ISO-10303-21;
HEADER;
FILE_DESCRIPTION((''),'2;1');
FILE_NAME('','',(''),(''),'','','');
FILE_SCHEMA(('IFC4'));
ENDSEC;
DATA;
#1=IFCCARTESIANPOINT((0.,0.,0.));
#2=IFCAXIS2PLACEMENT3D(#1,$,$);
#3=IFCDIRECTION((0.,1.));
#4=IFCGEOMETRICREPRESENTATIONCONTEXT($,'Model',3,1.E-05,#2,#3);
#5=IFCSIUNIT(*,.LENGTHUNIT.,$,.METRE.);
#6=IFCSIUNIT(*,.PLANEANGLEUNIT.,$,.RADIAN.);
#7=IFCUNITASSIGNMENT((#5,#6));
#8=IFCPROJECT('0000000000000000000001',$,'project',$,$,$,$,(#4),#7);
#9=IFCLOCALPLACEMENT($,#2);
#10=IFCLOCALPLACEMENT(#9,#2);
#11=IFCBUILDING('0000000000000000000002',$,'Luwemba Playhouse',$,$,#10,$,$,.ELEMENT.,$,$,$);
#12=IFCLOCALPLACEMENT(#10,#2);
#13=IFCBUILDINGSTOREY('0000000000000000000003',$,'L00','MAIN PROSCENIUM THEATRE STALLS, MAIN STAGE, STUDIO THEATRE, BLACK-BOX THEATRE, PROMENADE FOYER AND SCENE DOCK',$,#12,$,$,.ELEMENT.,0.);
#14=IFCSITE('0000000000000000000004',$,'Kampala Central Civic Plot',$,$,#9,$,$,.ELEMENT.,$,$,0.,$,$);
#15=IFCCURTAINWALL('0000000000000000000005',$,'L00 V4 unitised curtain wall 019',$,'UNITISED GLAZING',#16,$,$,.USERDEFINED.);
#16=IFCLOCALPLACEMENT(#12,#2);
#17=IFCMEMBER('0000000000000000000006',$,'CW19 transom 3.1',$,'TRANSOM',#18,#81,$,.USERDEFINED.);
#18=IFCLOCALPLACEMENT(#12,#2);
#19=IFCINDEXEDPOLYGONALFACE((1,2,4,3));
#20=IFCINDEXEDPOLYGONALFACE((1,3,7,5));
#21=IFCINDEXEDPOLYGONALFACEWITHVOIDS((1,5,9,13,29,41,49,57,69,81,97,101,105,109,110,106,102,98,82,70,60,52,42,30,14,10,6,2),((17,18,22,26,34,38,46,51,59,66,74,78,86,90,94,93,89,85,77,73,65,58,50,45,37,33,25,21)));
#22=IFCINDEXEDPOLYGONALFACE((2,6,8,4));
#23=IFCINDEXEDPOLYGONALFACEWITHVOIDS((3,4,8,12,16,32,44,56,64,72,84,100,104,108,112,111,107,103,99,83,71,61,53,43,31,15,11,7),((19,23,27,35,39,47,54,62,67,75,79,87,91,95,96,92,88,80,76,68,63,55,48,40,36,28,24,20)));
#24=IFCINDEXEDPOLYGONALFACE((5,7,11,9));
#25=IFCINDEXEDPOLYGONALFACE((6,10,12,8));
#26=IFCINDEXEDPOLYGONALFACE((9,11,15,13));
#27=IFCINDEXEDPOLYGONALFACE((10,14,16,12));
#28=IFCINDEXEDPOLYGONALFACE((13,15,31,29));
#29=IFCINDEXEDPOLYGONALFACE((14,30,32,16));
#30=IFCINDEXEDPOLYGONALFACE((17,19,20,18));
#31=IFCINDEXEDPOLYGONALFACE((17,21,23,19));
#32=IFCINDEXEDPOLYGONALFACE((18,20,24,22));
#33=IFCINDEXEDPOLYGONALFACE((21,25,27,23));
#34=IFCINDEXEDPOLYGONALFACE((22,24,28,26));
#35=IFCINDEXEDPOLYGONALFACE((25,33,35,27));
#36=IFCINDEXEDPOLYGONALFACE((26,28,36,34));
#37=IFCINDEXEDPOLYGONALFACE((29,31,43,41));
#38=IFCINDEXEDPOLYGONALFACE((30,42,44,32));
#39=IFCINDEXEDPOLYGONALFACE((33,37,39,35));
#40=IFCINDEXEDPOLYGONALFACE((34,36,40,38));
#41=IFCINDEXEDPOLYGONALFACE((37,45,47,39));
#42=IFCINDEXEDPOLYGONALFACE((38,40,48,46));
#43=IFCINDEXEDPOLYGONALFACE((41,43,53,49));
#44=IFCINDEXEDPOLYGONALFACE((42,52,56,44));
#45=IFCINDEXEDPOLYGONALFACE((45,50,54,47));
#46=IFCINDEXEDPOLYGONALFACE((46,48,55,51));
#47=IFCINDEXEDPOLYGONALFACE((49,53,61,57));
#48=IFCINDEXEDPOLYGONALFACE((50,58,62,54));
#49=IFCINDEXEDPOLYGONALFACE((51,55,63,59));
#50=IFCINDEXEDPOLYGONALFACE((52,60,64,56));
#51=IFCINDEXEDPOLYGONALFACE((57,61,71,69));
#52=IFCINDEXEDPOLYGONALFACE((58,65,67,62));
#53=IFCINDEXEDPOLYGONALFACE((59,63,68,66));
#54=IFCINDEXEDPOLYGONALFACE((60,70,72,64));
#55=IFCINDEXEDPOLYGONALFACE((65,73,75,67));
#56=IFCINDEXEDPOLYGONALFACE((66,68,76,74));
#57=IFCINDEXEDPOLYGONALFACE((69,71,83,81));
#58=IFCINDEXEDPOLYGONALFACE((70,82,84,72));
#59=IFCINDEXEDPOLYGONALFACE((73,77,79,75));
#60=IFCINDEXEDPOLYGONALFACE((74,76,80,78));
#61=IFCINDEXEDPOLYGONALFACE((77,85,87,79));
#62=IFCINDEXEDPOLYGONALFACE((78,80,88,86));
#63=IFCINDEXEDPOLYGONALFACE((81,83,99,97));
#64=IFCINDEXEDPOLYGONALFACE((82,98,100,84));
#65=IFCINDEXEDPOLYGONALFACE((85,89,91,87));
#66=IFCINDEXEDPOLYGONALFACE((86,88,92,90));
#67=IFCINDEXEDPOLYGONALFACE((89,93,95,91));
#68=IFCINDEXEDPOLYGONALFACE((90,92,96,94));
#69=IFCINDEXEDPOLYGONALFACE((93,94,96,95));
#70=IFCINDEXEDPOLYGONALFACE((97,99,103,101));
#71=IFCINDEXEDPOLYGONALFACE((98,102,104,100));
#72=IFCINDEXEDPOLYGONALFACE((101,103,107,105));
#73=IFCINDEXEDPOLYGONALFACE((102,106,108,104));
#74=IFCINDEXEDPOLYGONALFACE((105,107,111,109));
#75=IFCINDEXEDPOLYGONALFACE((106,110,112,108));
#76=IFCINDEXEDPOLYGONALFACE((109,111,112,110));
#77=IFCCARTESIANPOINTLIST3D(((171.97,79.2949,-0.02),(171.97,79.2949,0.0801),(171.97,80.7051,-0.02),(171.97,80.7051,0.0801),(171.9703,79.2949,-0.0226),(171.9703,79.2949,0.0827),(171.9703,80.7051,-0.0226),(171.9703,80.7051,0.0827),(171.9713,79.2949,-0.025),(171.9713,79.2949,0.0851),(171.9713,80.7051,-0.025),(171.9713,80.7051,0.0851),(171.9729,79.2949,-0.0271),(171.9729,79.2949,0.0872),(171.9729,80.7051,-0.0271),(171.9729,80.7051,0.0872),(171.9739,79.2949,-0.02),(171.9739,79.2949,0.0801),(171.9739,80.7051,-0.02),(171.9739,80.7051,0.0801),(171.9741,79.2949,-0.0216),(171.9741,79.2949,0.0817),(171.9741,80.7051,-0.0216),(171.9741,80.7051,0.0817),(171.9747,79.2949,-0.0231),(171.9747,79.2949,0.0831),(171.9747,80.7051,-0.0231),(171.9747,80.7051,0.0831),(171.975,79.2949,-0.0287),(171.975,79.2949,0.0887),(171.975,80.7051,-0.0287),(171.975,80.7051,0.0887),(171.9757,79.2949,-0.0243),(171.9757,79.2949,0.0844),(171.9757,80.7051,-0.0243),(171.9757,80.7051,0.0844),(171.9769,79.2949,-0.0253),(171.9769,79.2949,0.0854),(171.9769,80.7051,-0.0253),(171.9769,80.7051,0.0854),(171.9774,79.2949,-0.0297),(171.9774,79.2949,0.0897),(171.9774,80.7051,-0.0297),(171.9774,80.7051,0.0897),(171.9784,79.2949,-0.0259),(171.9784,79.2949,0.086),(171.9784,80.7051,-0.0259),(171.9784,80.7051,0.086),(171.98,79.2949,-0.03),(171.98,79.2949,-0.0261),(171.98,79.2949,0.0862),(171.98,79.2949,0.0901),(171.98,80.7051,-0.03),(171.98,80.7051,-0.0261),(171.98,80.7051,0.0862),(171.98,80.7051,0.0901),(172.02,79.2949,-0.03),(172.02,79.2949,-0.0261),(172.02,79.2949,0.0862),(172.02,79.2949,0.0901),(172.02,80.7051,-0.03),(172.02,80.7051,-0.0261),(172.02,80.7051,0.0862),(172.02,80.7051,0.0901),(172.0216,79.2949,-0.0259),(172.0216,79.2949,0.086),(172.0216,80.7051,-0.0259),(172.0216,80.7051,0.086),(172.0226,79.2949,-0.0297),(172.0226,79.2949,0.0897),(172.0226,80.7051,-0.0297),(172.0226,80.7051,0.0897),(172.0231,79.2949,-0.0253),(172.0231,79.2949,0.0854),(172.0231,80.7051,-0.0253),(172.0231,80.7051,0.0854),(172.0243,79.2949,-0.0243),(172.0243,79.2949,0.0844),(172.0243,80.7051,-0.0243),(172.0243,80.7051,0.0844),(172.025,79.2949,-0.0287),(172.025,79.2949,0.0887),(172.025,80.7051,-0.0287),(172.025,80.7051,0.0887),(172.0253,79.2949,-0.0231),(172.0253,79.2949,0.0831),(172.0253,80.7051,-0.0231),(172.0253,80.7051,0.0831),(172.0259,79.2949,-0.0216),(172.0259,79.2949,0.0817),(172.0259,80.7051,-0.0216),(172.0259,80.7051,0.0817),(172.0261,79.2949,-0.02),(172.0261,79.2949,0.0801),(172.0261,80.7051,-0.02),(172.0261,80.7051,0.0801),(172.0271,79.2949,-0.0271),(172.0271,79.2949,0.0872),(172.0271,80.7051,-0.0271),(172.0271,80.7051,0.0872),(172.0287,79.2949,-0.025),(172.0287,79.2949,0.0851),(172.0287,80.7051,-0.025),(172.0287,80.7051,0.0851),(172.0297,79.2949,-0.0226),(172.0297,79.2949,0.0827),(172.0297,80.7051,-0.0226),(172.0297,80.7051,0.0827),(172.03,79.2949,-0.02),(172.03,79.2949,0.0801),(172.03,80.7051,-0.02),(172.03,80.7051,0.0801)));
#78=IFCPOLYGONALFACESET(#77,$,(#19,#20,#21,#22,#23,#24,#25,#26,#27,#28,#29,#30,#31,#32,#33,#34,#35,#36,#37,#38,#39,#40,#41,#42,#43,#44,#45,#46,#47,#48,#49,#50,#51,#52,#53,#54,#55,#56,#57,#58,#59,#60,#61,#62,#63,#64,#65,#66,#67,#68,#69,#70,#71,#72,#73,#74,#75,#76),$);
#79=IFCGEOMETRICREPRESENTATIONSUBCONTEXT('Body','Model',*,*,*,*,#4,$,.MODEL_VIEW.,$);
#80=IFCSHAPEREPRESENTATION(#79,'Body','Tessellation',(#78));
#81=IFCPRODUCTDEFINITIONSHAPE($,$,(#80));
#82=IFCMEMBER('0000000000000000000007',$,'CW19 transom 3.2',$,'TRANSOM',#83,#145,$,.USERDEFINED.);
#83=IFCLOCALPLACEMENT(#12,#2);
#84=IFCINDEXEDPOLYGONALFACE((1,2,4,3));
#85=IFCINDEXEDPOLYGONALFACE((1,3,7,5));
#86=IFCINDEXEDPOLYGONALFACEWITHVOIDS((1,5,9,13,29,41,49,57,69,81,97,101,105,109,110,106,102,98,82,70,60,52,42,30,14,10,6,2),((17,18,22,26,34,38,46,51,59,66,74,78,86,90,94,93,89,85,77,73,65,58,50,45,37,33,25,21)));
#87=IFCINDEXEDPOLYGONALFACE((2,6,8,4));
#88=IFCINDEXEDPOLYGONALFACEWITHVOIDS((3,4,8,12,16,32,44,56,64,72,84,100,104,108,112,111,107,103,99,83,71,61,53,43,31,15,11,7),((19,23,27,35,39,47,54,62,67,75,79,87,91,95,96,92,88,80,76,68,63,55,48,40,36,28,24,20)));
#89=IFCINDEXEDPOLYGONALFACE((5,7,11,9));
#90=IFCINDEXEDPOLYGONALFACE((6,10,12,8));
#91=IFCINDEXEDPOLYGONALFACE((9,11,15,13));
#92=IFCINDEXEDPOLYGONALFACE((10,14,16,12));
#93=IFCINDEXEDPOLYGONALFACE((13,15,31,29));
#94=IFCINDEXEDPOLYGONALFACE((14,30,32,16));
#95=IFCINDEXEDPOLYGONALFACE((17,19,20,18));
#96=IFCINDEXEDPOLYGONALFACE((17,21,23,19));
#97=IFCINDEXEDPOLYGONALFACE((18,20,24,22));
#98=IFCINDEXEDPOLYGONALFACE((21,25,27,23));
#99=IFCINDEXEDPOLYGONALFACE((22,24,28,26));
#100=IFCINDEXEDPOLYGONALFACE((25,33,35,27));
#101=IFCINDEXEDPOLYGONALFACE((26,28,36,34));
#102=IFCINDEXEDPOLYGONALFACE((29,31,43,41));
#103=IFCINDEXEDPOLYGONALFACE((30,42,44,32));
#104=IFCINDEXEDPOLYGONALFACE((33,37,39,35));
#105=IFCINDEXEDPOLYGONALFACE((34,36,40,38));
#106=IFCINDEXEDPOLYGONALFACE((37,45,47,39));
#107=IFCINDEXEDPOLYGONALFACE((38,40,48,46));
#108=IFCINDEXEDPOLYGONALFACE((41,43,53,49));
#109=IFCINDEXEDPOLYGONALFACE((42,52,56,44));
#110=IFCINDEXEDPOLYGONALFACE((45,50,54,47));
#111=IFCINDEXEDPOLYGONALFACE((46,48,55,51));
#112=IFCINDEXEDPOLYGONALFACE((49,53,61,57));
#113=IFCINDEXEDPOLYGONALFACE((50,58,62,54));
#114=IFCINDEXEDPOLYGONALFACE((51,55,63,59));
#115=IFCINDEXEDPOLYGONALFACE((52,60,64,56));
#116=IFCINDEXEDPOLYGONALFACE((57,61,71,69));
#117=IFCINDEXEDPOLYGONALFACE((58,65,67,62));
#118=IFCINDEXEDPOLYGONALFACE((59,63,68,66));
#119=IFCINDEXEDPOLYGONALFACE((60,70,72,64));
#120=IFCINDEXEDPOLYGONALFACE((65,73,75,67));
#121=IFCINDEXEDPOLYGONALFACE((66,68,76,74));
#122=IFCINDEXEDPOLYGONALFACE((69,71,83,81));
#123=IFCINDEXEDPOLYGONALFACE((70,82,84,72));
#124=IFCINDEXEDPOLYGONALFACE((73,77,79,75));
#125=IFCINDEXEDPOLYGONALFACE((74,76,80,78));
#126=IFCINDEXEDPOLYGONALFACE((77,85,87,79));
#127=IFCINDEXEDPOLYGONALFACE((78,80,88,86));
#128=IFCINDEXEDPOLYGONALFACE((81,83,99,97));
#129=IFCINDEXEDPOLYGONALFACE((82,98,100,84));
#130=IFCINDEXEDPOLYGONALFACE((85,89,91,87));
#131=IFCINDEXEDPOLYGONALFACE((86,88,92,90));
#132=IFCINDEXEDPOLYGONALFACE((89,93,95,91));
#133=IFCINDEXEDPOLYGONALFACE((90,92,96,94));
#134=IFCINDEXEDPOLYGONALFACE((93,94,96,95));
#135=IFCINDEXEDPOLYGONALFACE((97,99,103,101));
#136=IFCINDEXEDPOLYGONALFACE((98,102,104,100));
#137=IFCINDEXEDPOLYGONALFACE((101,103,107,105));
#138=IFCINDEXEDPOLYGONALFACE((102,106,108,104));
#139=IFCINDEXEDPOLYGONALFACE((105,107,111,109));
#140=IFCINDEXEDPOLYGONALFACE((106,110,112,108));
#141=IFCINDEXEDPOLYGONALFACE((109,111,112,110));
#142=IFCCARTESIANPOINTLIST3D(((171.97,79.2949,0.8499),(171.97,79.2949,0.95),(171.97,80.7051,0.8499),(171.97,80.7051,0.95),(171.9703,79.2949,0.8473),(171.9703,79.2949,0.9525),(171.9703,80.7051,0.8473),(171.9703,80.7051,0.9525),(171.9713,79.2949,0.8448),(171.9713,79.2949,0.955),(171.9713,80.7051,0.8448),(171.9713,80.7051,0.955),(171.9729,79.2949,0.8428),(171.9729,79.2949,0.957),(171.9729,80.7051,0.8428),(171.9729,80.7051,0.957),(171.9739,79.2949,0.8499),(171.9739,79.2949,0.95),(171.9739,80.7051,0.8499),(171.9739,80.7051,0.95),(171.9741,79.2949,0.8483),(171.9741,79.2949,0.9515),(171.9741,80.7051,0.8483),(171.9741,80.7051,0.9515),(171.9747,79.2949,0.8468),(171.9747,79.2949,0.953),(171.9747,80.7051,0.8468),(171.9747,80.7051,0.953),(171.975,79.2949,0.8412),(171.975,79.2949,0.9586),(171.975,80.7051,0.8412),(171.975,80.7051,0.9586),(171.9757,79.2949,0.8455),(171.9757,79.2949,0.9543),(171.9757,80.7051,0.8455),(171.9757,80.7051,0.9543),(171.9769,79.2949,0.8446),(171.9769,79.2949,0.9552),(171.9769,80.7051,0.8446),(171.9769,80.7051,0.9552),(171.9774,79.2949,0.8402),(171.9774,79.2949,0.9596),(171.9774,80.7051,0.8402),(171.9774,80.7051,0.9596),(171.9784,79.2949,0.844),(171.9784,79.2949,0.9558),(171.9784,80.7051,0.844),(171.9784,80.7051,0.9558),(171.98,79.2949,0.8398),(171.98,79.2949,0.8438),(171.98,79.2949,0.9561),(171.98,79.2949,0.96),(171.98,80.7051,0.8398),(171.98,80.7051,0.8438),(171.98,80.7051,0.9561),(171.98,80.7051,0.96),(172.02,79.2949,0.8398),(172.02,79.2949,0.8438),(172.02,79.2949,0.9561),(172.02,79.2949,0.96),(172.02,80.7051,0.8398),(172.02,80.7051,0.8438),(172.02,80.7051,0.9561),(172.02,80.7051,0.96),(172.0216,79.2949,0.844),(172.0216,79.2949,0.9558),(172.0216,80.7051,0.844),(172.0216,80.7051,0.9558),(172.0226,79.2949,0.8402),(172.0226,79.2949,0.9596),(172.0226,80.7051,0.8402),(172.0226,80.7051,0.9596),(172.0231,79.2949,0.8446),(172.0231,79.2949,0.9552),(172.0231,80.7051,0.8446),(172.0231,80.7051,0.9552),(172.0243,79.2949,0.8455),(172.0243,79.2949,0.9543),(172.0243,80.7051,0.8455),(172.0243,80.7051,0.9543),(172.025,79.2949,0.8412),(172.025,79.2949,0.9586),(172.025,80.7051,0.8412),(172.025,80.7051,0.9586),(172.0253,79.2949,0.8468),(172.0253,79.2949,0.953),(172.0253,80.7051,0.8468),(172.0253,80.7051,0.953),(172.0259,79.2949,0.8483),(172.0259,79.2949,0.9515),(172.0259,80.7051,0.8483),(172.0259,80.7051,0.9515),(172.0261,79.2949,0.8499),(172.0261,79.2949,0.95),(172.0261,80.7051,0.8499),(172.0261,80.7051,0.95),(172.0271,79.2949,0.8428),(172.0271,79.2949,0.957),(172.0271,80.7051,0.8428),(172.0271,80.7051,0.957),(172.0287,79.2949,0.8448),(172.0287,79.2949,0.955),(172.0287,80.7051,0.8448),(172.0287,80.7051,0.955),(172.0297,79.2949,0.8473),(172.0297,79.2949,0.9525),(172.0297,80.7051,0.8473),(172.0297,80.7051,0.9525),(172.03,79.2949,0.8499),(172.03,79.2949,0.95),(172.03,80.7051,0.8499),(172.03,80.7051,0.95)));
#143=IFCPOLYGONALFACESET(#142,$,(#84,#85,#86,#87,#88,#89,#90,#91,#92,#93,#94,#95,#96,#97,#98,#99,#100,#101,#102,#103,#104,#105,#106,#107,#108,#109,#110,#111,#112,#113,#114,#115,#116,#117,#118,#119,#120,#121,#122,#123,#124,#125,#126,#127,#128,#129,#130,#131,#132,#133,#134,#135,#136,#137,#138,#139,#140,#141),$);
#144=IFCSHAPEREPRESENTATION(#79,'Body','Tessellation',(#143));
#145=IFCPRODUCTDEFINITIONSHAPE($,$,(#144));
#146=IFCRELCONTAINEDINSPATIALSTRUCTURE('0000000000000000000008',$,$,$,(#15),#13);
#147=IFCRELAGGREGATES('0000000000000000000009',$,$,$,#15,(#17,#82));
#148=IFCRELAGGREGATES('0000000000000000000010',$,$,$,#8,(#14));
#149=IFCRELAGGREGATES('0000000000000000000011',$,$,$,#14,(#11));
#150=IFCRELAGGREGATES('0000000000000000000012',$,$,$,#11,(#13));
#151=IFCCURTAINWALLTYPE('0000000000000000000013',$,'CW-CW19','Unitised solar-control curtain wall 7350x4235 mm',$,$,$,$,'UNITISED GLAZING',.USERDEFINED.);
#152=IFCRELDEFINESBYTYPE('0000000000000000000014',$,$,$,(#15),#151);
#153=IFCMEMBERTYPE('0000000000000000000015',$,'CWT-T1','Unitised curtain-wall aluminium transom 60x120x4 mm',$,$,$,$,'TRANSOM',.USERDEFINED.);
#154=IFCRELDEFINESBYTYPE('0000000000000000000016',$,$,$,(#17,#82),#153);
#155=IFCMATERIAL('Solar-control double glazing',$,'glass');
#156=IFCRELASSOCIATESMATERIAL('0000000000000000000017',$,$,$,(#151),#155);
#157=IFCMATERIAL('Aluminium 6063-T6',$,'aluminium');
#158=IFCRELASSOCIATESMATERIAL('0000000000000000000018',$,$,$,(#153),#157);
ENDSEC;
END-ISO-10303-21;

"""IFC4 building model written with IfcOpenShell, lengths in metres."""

from ifc_helpers import new_model, si_unit, direction, frame, origin, origin_2d, place, context, subcontext, project, spatial, hollow_rectangle, extrude, material, material_profile, profile_set, type_object, element, aggregate, save


model = new_model("IFC4")

# Units and contexts
model_context = context("Model", 3, precision=1e-05, world=origin(), true_north=direction((0.0, 1.0)))
body_context = subcontext(model_context, "Body", "Model", "MODEL_VIEW")
ifc_project = project(units=[si_unit("LENGTHUNIT", "METRE"), si_unit("PLANEANGLEUNIT", "RADIAN")], contexts=[model_context])

# Site, building, storey
site_placement = place(None, origin())
site = spatial("IfcSite", under=ifc_project, at=site_placement, Name="Kampala Central Civic Plot", CompositionType="ELEMENT", RefElevation=0.0)
building_placement = place(site_placement, origin())
building = spatial("IfcBuilding", under=site, at=building_placement, Name="Luwemba Playhouse", CompositionType="ELEMENT")
storey_placement = place(building_placement, origin())
storey = spatial("IfcBuildingStorey", under=building, at=storey_placement, Name="L00", Description="MAIN PROSCENIUM THEATRE STALLS, MAIN STAGE, STUDIO THEATRE, BLACK-BOX THEATRE, PROMENADE FOYER AND SCENE DOCK", CompositionType="ELEMENT", Elevation=0.0)

# Curtain wall, members
ifc_material_1 = material(Name="Solar-control double glazing", Category="glass")
curtain_wall_type = type_object("IfcCurtainWallType", Name="CW-CW19", Description="Unitised solar-control curtain wall 7350x4235 mm", ElementType="UNITISED GLAZING", PredefinedType="USERDEFINED", material=ifc_material_1)
curtain_wall_placement = place(storey_placement, origin())
curtain_wall = element("IfcCurtainWall", 1, at=curtain_wall_placement, inside=storey, type_object=curtain_wall_type, Name="L00 V4 unitised curtain wall 019", ObjectType="UNITISED GLAZING", PredefinedType="USERDEFINED")
ifc_material_2 = material(Name="Aluminium 6063-T6", Category="aluminium")
ifc_material_profile_1 = material_profile(ifc_material_2, hollow_rectangle(XDim=0.0601, YDim=0.1201, WallThickness=0.0039, InnerFilletRadius=0.0061, OuterFilletRadius=0.01, at=origin_2d()))
ifc_profile_set_1 = profile_set([ifc_material_profile_1], Name="Aluminium 6063-T6")
member_type_1 = type_object("IfcMemberType", Name="CWT-T1", Description="Unitised curtain-wall aluminium transom 60x120x4 mm", ElementType="TRANSOM", PredefinedType="USERDEFINED", material=ifc_profile_set_1)
member_1_placement = place(storey_placement, frame((172.0, 80.7051, 0.03), z_axis=(0.0, -1.0, 0.0), x_axis=(1.0, 0.0, 0.0)))
member_1 = element("IfcMember", 2, at=member_1_placement, type_object=member_type_1, Name="CW19 transom 3.1", ObjectType="TRANSOM", PredefinedType="USERDEFINED", context=body_context, shape_type="SweptSolid", body=[
    extrude(hollow_rectangle(XDim=0.0601, YDim=0.1201, WallThickness=0.0039, InnerFilletRadius=0.0061, OuterFilletRadius=0.01, at=origin_2d()), origin(), (0.0, 0.0, 1.0), 1.4102),
])
member_2_placement = place(storey_placement, frame((172.0, 80.7051, 0.8999), z_axis=(0.0, -1.0, 0.0), x_axis=(1.0, 0.0, 0.0)))
member_2 = element("IfcMember", 3, at=member_2_placement, type_object=member_type_1, Name="CW19 transom 3.2", ObjectType="TRANSOM", PredefinedType="USERDEFINED", context=body_context, shape_type="SweptSolid", body=[
    extrude(hollow_rectangle(XDim=0.0601, YDim=0.1201, WallThickness=0.0039, InnerFilletRadius=0.0061, OuterFilletRadius=0.01, at=origin_2d()), origin(), (0.0, 0.0, 1.0), 1.4102),
])
aggregate(curtain_wall, [member_1, member_2])

save(model, "model.ifc")
